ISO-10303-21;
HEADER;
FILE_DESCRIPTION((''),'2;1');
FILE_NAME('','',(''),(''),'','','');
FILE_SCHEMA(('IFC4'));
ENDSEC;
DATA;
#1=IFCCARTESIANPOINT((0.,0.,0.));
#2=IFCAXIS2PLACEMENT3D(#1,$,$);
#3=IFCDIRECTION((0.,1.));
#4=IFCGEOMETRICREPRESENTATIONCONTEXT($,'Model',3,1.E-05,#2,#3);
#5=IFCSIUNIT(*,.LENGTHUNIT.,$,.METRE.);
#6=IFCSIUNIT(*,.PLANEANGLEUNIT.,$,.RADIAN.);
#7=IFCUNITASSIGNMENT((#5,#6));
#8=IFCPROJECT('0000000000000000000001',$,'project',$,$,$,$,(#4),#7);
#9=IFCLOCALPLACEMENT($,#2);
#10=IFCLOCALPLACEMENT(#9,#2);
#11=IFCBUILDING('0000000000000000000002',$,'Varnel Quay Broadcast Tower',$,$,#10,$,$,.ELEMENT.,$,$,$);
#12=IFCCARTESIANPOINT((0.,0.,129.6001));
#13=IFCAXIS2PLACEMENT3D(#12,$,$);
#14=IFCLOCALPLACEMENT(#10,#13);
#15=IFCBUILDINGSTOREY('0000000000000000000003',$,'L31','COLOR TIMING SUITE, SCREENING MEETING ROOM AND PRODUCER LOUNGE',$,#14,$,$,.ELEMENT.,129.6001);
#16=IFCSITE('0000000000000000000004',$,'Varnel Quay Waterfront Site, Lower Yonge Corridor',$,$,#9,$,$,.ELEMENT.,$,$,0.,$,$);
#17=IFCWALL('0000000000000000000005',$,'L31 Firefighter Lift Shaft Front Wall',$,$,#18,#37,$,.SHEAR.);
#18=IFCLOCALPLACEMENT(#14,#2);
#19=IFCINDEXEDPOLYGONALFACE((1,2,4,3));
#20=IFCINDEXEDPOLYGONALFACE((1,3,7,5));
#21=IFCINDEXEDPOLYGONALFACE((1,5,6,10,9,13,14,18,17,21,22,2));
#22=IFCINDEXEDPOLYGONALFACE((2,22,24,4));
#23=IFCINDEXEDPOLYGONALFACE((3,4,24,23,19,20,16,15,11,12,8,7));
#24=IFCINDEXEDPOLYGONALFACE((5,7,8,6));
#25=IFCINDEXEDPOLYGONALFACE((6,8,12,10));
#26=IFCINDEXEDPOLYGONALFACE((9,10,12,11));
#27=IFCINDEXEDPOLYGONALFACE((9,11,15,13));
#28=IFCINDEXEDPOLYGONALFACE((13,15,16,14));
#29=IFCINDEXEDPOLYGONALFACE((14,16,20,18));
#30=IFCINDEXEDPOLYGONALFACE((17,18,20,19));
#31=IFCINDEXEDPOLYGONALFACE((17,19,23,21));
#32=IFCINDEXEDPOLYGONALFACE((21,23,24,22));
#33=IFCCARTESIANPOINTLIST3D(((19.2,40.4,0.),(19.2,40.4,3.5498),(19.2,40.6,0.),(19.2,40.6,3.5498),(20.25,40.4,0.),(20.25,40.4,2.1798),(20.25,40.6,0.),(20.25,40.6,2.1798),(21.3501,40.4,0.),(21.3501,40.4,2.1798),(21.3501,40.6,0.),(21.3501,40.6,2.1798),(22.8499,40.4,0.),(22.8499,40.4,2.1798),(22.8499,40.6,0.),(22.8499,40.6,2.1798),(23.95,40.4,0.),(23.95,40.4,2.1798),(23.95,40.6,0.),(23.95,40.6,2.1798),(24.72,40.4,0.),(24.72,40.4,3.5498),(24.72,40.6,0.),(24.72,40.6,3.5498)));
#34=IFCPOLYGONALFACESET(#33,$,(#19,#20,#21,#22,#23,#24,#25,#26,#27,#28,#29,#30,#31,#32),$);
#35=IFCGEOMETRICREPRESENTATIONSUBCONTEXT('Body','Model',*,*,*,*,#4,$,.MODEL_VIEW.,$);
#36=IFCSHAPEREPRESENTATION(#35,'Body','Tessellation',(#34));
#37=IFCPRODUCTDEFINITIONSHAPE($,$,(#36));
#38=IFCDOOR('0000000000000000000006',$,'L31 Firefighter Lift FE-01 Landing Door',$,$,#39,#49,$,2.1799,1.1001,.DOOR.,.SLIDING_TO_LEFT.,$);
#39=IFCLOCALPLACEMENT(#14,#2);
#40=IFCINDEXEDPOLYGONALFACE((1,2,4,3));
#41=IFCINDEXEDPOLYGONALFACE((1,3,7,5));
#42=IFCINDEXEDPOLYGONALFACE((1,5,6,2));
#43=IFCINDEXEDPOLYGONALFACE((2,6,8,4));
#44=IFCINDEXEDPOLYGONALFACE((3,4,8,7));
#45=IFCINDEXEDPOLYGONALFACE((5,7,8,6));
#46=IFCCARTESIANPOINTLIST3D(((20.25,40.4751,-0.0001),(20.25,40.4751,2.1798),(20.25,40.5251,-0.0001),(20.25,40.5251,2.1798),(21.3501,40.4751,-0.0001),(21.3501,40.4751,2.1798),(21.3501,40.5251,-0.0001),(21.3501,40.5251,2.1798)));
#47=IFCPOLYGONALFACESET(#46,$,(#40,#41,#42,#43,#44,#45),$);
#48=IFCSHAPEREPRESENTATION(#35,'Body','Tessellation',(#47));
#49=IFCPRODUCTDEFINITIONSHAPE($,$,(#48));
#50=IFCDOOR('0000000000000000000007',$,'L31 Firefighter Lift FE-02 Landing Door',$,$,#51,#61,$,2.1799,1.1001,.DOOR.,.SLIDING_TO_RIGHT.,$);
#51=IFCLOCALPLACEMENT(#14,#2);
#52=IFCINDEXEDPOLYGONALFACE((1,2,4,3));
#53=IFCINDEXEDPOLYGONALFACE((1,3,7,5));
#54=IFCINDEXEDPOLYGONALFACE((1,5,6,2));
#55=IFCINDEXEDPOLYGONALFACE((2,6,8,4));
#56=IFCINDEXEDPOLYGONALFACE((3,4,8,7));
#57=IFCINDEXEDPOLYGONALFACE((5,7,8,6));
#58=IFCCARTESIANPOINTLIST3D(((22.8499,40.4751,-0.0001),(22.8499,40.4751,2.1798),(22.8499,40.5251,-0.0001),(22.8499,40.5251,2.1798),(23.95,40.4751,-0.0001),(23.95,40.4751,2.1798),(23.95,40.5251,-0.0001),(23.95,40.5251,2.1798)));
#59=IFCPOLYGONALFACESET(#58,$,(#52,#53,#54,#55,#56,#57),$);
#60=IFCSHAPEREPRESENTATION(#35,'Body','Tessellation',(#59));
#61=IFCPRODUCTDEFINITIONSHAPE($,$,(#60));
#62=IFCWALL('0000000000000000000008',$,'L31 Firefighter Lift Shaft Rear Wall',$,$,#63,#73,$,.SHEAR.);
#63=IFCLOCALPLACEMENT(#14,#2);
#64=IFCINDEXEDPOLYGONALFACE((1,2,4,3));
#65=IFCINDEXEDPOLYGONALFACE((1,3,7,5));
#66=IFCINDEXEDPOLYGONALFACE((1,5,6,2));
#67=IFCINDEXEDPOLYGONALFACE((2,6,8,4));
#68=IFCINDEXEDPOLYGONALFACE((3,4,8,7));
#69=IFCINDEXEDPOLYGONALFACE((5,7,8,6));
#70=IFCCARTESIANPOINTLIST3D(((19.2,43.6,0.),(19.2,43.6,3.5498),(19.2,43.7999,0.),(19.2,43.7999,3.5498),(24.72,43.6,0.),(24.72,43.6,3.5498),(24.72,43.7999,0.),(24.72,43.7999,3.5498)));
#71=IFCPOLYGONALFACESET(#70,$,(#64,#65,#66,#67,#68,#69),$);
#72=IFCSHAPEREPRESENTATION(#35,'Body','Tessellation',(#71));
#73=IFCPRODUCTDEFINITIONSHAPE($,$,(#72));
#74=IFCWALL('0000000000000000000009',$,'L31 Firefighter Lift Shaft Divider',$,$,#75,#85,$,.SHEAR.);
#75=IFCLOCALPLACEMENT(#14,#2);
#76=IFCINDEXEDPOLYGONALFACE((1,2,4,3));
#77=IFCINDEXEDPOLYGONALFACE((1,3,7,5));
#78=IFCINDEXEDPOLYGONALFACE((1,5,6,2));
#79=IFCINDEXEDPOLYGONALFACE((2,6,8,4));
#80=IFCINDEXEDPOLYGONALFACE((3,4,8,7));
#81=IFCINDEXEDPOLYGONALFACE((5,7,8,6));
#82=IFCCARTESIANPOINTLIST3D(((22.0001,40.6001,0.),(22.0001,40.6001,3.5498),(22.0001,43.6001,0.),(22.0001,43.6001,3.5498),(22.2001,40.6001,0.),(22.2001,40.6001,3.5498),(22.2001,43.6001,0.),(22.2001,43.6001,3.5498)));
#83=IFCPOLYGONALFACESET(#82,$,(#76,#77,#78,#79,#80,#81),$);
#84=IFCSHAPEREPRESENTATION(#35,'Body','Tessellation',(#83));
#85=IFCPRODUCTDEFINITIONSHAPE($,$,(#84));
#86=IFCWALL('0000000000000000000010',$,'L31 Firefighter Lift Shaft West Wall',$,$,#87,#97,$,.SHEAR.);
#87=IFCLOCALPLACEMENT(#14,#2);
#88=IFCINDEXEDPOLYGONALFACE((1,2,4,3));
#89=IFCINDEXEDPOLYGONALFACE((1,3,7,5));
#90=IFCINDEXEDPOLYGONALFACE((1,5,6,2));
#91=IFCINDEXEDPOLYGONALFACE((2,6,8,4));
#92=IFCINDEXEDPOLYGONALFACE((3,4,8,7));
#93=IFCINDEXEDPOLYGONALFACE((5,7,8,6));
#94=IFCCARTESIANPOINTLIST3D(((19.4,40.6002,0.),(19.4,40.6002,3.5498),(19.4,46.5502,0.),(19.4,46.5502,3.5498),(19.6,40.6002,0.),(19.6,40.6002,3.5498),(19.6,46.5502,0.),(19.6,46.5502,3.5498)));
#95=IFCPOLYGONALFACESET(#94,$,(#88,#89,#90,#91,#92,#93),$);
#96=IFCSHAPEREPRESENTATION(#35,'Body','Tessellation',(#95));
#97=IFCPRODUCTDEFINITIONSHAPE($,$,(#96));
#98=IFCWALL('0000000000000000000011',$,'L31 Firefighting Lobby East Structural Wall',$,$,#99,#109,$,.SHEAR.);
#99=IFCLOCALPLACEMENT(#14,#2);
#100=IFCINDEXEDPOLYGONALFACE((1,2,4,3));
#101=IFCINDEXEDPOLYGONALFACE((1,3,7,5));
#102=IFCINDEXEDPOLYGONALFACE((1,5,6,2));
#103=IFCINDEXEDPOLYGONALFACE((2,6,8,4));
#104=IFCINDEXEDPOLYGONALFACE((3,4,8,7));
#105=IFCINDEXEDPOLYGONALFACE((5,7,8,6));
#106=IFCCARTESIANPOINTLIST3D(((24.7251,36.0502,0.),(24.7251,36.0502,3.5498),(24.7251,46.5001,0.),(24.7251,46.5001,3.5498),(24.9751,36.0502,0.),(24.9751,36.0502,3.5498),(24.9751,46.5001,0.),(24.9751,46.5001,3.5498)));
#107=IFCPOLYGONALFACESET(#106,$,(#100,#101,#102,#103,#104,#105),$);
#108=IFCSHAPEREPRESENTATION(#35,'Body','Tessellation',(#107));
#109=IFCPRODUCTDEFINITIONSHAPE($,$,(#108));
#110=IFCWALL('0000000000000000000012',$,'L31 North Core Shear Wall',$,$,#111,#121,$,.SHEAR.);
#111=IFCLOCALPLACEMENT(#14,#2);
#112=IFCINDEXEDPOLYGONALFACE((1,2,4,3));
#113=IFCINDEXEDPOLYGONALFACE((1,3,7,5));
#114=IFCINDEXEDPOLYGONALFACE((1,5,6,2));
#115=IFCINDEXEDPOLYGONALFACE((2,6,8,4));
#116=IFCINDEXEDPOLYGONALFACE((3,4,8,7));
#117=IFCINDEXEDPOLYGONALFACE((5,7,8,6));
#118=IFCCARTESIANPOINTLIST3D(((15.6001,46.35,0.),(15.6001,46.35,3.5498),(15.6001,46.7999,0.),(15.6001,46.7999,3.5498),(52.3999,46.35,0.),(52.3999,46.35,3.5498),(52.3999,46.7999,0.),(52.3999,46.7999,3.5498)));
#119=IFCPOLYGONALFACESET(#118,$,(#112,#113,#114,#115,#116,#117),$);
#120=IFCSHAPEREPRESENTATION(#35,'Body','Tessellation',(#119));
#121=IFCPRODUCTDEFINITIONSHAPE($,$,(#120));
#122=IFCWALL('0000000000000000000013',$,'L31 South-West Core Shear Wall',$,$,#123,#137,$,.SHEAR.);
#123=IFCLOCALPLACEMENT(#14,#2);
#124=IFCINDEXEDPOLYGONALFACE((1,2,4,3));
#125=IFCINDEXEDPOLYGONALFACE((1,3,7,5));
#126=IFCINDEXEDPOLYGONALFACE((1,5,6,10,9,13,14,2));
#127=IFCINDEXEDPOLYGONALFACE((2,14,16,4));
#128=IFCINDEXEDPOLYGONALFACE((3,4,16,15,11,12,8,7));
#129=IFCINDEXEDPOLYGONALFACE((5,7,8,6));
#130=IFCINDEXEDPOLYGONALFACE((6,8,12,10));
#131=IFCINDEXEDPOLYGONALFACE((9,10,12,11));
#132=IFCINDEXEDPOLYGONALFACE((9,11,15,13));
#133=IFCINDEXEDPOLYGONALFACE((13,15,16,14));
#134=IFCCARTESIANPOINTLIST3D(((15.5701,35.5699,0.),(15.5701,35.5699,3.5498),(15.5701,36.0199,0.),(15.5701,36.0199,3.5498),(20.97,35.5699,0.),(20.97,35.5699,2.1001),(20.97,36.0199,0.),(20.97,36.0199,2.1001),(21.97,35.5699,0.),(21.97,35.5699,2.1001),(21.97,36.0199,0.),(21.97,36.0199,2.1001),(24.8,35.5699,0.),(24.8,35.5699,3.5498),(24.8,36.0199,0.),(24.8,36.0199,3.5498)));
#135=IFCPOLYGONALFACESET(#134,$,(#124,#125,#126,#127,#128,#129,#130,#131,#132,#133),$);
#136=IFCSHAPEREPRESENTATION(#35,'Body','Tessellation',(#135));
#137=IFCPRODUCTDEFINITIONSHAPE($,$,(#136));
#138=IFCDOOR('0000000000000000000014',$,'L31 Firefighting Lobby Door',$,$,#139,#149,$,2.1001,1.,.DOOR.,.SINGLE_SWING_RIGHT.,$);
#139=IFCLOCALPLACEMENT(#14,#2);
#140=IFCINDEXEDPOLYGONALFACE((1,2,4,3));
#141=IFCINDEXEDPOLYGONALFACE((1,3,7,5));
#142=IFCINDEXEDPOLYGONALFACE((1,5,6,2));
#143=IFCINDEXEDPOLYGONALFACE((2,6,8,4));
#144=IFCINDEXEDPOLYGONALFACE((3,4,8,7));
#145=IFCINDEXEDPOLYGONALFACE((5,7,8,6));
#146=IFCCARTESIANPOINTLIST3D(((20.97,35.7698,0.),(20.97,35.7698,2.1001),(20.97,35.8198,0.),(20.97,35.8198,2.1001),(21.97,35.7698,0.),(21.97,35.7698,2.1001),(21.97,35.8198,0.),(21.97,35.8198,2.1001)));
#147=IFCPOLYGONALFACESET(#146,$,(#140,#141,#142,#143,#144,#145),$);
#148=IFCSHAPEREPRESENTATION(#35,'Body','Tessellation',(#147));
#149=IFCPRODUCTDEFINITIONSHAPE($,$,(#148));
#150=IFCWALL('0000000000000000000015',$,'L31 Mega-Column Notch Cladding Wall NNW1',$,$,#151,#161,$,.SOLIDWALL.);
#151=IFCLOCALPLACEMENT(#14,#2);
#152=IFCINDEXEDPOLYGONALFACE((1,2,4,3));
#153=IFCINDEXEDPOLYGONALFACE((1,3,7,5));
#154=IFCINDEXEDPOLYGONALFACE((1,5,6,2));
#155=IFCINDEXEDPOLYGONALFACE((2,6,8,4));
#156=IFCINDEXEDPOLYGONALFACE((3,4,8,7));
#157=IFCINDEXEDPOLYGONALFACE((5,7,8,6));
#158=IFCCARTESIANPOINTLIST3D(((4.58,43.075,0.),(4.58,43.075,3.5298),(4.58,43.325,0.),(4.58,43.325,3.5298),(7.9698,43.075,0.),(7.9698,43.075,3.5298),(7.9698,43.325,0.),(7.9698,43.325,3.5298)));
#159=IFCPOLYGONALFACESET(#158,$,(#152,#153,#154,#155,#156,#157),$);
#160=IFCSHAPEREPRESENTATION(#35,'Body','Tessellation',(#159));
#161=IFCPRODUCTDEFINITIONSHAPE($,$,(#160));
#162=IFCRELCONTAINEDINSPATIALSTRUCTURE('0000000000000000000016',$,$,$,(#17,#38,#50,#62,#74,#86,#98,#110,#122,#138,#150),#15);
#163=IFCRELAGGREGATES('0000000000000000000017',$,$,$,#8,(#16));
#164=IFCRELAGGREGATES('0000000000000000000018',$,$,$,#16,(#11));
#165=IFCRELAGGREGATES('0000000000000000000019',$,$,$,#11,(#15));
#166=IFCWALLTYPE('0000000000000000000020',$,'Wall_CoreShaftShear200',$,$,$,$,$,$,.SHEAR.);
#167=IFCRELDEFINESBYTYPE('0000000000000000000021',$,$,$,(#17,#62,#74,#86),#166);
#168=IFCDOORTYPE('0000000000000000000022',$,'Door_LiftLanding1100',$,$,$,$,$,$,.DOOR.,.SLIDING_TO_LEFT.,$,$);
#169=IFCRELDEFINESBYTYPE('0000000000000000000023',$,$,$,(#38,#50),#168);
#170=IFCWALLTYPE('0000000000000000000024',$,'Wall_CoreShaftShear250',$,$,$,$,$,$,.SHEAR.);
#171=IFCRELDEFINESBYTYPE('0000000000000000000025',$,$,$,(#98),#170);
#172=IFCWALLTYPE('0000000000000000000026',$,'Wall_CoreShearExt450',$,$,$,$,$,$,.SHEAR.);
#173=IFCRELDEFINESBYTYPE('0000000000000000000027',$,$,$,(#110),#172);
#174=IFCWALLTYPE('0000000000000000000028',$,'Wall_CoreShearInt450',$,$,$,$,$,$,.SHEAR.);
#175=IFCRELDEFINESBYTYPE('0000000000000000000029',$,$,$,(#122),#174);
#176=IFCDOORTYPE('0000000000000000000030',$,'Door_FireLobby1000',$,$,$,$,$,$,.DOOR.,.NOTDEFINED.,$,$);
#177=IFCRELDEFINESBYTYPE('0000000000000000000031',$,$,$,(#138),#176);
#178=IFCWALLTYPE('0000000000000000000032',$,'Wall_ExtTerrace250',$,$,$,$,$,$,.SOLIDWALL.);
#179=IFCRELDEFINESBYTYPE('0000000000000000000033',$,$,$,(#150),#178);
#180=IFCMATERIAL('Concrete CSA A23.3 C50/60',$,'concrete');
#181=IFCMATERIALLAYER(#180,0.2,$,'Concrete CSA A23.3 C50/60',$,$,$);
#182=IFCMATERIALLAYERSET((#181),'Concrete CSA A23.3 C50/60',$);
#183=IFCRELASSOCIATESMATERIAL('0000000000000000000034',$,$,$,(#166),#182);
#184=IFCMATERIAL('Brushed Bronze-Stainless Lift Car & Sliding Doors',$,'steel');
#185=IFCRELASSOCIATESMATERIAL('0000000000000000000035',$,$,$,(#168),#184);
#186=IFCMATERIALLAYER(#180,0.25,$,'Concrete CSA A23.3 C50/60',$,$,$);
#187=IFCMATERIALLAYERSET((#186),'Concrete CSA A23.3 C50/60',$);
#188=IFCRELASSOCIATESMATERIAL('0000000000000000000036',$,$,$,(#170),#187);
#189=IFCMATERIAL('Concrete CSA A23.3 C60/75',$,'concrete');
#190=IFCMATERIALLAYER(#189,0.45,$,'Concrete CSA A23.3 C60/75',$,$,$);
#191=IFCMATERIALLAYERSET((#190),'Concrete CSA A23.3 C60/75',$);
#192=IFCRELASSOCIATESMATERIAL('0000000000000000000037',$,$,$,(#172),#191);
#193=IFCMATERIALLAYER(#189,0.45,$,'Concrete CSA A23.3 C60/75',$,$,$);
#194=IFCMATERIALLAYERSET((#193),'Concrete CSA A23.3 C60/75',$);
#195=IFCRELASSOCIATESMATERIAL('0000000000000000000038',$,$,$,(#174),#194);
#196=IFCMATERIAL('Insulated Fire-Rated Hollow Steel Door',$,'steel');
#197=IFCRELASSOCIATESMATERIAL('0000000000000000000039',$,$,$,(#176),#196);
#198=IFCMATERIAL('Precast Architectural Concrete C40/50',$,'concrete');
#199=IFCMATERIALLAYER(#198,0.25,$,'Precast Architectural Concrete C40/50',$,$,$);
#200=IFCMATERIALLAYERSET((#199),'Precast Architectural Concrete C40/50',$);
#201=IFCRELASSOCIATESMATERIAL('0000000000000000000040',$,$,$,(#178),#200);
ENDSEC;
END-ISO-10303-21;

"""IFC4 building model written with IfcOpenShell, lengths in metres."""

from ifc_helpers import new_model, si_unit, direction, frame, frame_2d, origin, place, context, subcontext, project, spatial, rectangle, extrude, source, transform, mapped, material, layer, layer_set, type_object, type_shapes, element, fill, save


model = new_model("IFC4")

# Units and contexts
model_context = context("Model", 3, precision=1e-05, world=origin(), true_north=direction((0.0, 1.0)))
body_context = subcontext(model_context, "Body", "Model", "MODEL_VIEW")
ifc_project = project(units=[si_unit("LENGTHUNIT", "METRE"), si_unit("PLANEANGLEUNIT", "RADIAN")], contexts=[model_context])

# Site, building, storey
site_placement = place(None, origin())
site = spatial("IfcSite", under=ifc_project, at=site_placement, Name="Varnel Quay Waterfront Site, Lower Yonge Corridor", CompositionType="ELEMENT", RefElevation=0.0)
building_placement = place(site_placement, origin())
building = spatial("IfcBuilding", under=site, at=building_placement, Name="Varnel Quay Broadcast Tower", CompositionType="ELEMENT")
storey_placement = place(building_placement, frame((0.0, 0.0, 129.6001)))
storey = spatial("IfcBuildingStorey", under=building, at=storey_placement, Name="L31", Description="COLOR TIMING SUITE, SCREENING MEETING ROOM AND PRODUCER LOUNGE", CompositionType="ELEMENT", Elevation=129.6001)

# Shared definitions
ifc_material_1 = material(Name="Concrete CSA A23.3 C50/60", Category="concrete")
ifc_layer_1 = layer(ifc_material_1, 0.2, Name="Concrete CSA A23.3 C50/60")
ifc_layer_set_1 = layer_set([ifc_layer_1], Name="Concrete CSA A23.3 C50/60")
wall_type_1 = type_object("IfcWallType", Name="Wall_CoreShaftShear200", PredefinedType="SHEAR", material=ifc_layer_set_1)
ifc_material_2 = material(Name="Insulated Fire-Rated Hollow Steel Door", Category="steel")

# Wall, openings, doors
wall_1_placement = place(storey_placement, frame((19.2, 40.5, 0.0), z_axis=(0.0, 0.0, 1.0), x_axis=(1.0, 0.0, 0.0)))
wall_1 = element("IfcWall", 1, at=wall_1_placement, inside=storey, type_object=wall_type_1, Name="L31 Firefighter Lift Shaft Front Wall", PredefinedType="SHEAR", context=body_context, shape_type="SweptSolid", body=[
    extrude(rectangle(XDim=5.52, YDim=0.2, at=frame_2d((2.76, 0.0))), origin(), (0.0, 0.0, 1.0), 3.5498),
])
opening_1_placement = place(wall_1_placement, frame((1.05, 0.0, 0.0)))
opening_1 = element("IfcOpeningElement", 2, at=opening_1_placement, cuts=wall_1, PredefinedType="OPENING", context=body_context, shape_type="SweptSolid", body=[
    extrude(rectangle(XDim=1.1001, YDim=2.1799, at=frame_2d((0.55, 1.0898))), frame((0.0, 0.1099, 0.0), z_axis=(0.0, -1.0, 0.0), x_axis=(1.0, 0.0, 0.0)), (0.0, 0.0, 1.0), 0.22),
])
opening_2_placement = place(wall_1_placement, frame((3.6499, 0.0, 0.0)))
opening_2 = element("IfcOpeningElement", 3, at=opening_2_placement, cuts=wall_1, PredefinedType="OPENING", context=body_context, shape_type="SweptSolid", body=[
    extrude(rectangle(XDim=1.1001, YDim=2.1799, at=frame_2d((0.55, 1.0898))), frame((0.0, 0.1099, 0.0), z_axis=(0.0, -1.0, 0.0), x_axis=(1.0, 0.0, 0.0)), (0.0, 0.0, 1.0), 0.22),
])
ifc_material_3 = material(Name="Brushed Bronze-Stainless Lift Car & Sliding Doors", Category="steel")
door_type_1 = type_object("IfcDoorType", Name="Door_LiftLanding1100", OperationType="SLIDING_TO_LEFT", PredefinedType="DOOR", material=ifc_material_3)
shared_shape_1 = source(origin(), body_context, "Body", "SweptSolid", [
    extrude(rectangle(XDim=1.1001, YDim=2.1799, at=frame_2d((0.55, 1.0898))), frame((0.0, 0.0249, 0.0), z_axis=(0.0, -1.0, 0.0), x_axis=(1.0, 0.0, 0.0)), (0.0, 0.0, 1.0), 0.05),
])
type_shapes(door_type_1, [shared_shape_1])
door_1_placement = place(opening_1_placement, frame((1.1001, 0.0, 0.0), z_axis=(0.0, 0.0, 1.0), x_axis=(-1.0, 0.0, 0.0)))
door_1 = element("IfcDoor", 4, at=door_1_placement, inside=storey, type_object=door_type_1, Name="L31 Firefighter Lift FE-01 Landing Door", OperationType="SLIDING_TO_LEFT", OverallHeight=2.1799, OverallWidth=1.1001, PredefinedType="DOOR", context=body_context, shape_type="MappedRepresentation", body=[
    mapped(shared_shape_1, transform((0.0, 0.0, 0.0), x_axis=(1.0, 0.0, 0.0), y_axis=(0.0, 1.0, 0.0), z_axis=(0.0, 0.0, 1.0), scale=1.0)),
])
fill(opening_1, door_1)
door_2_placement = place(opening_2_placement, frame((1.1001, 0.0, 0.0), z_axis=(0.0, 0.0, 1.0), x_axis=(-1.0, 0.0, 0.0)))
door_2 = element("IfcDoor", 5, at=door_2_placement, inside=storey, type_object=door_type_1, Name="L31 Firefighter Lift FE-02 Landing Door", OperationType="SLIDING_TO_RIGHT", OverallHeight=2.1799, OverallWidth=1.1001, PredefinedType="DOOR", context=body_context, shape_type="MappedRepresentation", body=[
    mapped(shared_shape_1, transform((0.0, 0.0, 0.0), x_axis=(1.0, 0.0, 0.0), y_axis=(0.0, 1.0, 0.0), z_axis=(0.0, 0.0, 1.0), scale=1.0)),
])
fill(opening_2, door_2)

# Walls
wall_2_placement = place(storey_placement, frame((19.2, 43.7, 0.0), z_axis=(0.0, 0.0, 1.0), x_axis=(1.0, 0.0, 0.0)))
element("IfcWall", 6, at=wall_2_placement, inside=storey, type_object=wall_type_1, Name="L31 Firefighter Lift Shaft Rear Wall", PredefinedType="SHEAR", context=body_context, shape_type="SweptSolid", body=[
    extrude(rectangle(XDim=5.52, YDim=0.2, at=frame_2d((2.76, 0.0))), origin(), (0.0, 0.0, 1.0), 3.5498),
])
wall_3_placement = place(storey_placement, frame((22.1001, 40.6001, 0.0), z_axis=(0.0, 0.0, 1.0), x_axis=(0.0, 1.0, 0.0)))
element("IfcWall", 7, at=wall_3_placement, inside=storey, type_object=wall_type_1, Name="L31 Firefighter Lift Shaft Divider", PredefinedType="SHEAR", context=body_context, shape_type="SweptSolid", body=[
    extrude(rectangle(XDim=3.0, YDim=0.2, at=frame_2d((1.5, 0.0))), origin(), (0.0, 0.0, 1.0), 3.5498),
])
wall_4_placement = place(storey_placement, frame((19.5, 40.6001, 0.0), z_axis=(0.0, 0.0, 1.0), x_axis=(0.0, 1.0, 0.0)))
element("IfcWall", 8, at=wall_4_placement, inside=storey, type_object=wall_type_1, Name="L31 Firefighter Lift Shaft West Wall", PredefinedType="SHEAR", context=body_context, shape_type="SweptSolid", body=[
    extrude(rectangle(XDim=5.95, YDim=0.2, at=frame_2d((2.9751, 0.0))), origin(), (0.0, 0.0, 1.0), 3.5498),
])
ifc_layer_2 = layer(ifc_material_1, 0.25, Name="Concrete CSA A23.3 C50/60")
ifc_layer_set_2 = layer_set([ifc_layer_2], Name="Concrete CSA A23.3 C50/60")
wall_type_2 = type_object("IfcWallType", Name="Wall_CoreShaftShear250", PredefinedType="SHEAR", material=ifc_layer_set_2)
wall_5_placement = place(storey_placement, frame((24.8501, 36.05, 0.0), z_axis=(0.0, 0.0, 1.0), x_axis=(0.0, 1.0, 0.0)))
element("IfcWall", 9, at=wall_5_placement, inside=storey, type_object=wall_type_2, Name="L31 Firefighting Lobby East Structural Wall", PredefinedType="SHEAR", context=body_context, shape_type="SweptSolid", body=[
    extrude(rectangle(XDim=10.45, YDim=0.25, at=frame_2d((5.2251, 0.0))), origin(), (0.0, 0.0, 1.0), 3.5498),
])
ifc_material_4 = material(Name="Concrete CSA A23.3 C60/75", Category="concrete")
ifc_layer_3 = layer(ifc_material_4, 0.45, Name="Concrete CSA A23.3 C60/75")
ifc_layer_set_3 = layer_set([ifc_layer_3], Name="Concrete CSA A23.3 C60/75")
wall_type_3 = type_object("IfcWallType", Name="Wall_CoreShearExt450", PredefinedType="SHEAR", material=ifc_layer_set_3)
wall_6_placement = place(storey_placement, frame((15.6001, 46.575, 0.0), z_axis=(0.0, 0.0, 1.0), x_axis=(1.0, 0.0, 0.0)))
element("IfcWall", 10, at=wall_6_placement, inside=storey, type_object=wall_type_3, Name="L31 North Core Shear Wall", PredefinedType="SHEAR", context=body_context, shape_type="SweptSolid", body=[
    extrude(rectangle(XDim=36.7998, YDim=0.45, at=frame_2d((18.3999, 0.0))), origin(), (0.0, 0.0, 1.0), 3.5498),
])

# Wall, opening, door
ifc_layer_4 = layer(ifc_material_4, 0.45, Name="Concrete CSA A23.3 C60/75")
ifc_layer_set_4 = layer_set([ifc_layer_4], Name="Concrete CSA A23.3 C60/75")
wall_type_4 = type_object("IfcWallType", Name="Wall_CoreShearInt450", PredefinedType="SHEAR", material=ifc_layer_set_4)
wall_7_placement = place(storey_placement, frame((15.5701, 35.7949, 0.0), z_axis=(0.0, 0.0, 1.0), x_axis=(1.0, 0.0, 0.0)))
wall_7 = element("IfcWall", 11, at=wall_7_placement, inside=storey, type_object=wall_type_4, Name="L31 South-West Core Shear Wall", PredefinedType="SHEAR", context=body_context, shape_type="SweptSolid", body=[
    extrude(rectangle(XDim=9.23, YDim=0.45, at=frame_2d((4.615, 0.0))), origin(), (0.0, 0.0, 1.0), 3.5498),
])
opening_3_placement = place(wall_7_placement, frame((5.3999, 0.0, 0.0)))
opening_3 = element("IfcOpeningElement", 12, at=opening_3_placement, cuts=wall_7, PredefinedType="OPENING", context=body_context, shape_type="SweptSolid", body=[
    extrude(rectangle(XDim=1.0, YDim=2.1001, at=frame_2d((0.5, 1.05))), frame((0.0, 0.2349, 0.0), z_axis=(0.0, -1.0, 0.0), x_axis=(1.0, 0.0, 0.0)), (0.0, 0.0, 1.0), 0.47),
])
door_type_2 = type_object("IfcDoorType", Name="Door_FireLobby1000", OperationType="NOTDEFINED", PredefinedType="DOOR", material=ifc_material_2)
shared_shape_2 = source(origin(), body_context, "Body", "SweptSolid", [
    extrude(rectangle(XDim=1.0, YDim=2.1001, at=frame_2d((0.5, 1.05))), frame((0.0, 0.0249, 0.0), z_axis=(0.0, -1.0, 0.0), x_axis=(1.0, 0.0, 0.0)), (0.0, 0.0, 1.0), 0.05),
])
type_shapes(door_type_2, [shared_shape_2])
door_3_placement = place(opening_3_placement, origin())
door_3 = element("IfcDoor", 13, at=door_3_placement, inside=storey, type_object=door_type_2, Name="L31 Firefighting Lobby Door", OperationType="SINGLE_SWING_RIGHT", OverallHeight=2.1001, OverallWidth=1.0, PredefinedType="DOOR", context=body_context, shape_type="MappedRepresentation", body=[
    mapped(shared_shape_2, transform((0.0, 0.0, 0.0), x_axis=(1.0, 0.0, 0.0), y_axis=(0.0, 1.0, 0.0), z_axis=(0.0, 0.0, 1.0), scale=1.0)),
])
fill(opening_3, door_3)

# Wall
ifc_material_5 = material(Name="Precast Architectural Concrete C40/50", Category="concrete")
ifc_layer_5 = layer(ifc_material_5, 0.25, Name="Precast Architectural Concrete C40/50")
ifc_layer_set_5 = layer_set([ifc_layer_5], Name="Precast Architectural Concrete C40/50")
wall_type_5 = type_object("IfcWallType", Name="Wall_ExtTerrace250", PredefinedType="SOLIDWALL", material=ifc_layer_set_5)
wall_8_placement = place(storey_placement, frame((4.5801, 43.2, 0.0), z_axis=(0.0, 0.0, 1.0), x_axis=(1.0, 0.0, 0.0)))
element("IfcWall", 14, at=wall_8_placement, inside=storey, type_object=wall_type_5, Name="L31 Mega-Column Notch Cladding Wall NNW1", PredefinedType="SOLIDWALL", context=body_context, shape_type="SweptSolid", body=[
    extrude(rectangle(XDim=3.3899, YDim=0.25, at=frame_2d((1.6948, 0.0))), origin(), (0.0, 0.0, 1.0), 3.5298),
])

save(model, "model.ifc")
